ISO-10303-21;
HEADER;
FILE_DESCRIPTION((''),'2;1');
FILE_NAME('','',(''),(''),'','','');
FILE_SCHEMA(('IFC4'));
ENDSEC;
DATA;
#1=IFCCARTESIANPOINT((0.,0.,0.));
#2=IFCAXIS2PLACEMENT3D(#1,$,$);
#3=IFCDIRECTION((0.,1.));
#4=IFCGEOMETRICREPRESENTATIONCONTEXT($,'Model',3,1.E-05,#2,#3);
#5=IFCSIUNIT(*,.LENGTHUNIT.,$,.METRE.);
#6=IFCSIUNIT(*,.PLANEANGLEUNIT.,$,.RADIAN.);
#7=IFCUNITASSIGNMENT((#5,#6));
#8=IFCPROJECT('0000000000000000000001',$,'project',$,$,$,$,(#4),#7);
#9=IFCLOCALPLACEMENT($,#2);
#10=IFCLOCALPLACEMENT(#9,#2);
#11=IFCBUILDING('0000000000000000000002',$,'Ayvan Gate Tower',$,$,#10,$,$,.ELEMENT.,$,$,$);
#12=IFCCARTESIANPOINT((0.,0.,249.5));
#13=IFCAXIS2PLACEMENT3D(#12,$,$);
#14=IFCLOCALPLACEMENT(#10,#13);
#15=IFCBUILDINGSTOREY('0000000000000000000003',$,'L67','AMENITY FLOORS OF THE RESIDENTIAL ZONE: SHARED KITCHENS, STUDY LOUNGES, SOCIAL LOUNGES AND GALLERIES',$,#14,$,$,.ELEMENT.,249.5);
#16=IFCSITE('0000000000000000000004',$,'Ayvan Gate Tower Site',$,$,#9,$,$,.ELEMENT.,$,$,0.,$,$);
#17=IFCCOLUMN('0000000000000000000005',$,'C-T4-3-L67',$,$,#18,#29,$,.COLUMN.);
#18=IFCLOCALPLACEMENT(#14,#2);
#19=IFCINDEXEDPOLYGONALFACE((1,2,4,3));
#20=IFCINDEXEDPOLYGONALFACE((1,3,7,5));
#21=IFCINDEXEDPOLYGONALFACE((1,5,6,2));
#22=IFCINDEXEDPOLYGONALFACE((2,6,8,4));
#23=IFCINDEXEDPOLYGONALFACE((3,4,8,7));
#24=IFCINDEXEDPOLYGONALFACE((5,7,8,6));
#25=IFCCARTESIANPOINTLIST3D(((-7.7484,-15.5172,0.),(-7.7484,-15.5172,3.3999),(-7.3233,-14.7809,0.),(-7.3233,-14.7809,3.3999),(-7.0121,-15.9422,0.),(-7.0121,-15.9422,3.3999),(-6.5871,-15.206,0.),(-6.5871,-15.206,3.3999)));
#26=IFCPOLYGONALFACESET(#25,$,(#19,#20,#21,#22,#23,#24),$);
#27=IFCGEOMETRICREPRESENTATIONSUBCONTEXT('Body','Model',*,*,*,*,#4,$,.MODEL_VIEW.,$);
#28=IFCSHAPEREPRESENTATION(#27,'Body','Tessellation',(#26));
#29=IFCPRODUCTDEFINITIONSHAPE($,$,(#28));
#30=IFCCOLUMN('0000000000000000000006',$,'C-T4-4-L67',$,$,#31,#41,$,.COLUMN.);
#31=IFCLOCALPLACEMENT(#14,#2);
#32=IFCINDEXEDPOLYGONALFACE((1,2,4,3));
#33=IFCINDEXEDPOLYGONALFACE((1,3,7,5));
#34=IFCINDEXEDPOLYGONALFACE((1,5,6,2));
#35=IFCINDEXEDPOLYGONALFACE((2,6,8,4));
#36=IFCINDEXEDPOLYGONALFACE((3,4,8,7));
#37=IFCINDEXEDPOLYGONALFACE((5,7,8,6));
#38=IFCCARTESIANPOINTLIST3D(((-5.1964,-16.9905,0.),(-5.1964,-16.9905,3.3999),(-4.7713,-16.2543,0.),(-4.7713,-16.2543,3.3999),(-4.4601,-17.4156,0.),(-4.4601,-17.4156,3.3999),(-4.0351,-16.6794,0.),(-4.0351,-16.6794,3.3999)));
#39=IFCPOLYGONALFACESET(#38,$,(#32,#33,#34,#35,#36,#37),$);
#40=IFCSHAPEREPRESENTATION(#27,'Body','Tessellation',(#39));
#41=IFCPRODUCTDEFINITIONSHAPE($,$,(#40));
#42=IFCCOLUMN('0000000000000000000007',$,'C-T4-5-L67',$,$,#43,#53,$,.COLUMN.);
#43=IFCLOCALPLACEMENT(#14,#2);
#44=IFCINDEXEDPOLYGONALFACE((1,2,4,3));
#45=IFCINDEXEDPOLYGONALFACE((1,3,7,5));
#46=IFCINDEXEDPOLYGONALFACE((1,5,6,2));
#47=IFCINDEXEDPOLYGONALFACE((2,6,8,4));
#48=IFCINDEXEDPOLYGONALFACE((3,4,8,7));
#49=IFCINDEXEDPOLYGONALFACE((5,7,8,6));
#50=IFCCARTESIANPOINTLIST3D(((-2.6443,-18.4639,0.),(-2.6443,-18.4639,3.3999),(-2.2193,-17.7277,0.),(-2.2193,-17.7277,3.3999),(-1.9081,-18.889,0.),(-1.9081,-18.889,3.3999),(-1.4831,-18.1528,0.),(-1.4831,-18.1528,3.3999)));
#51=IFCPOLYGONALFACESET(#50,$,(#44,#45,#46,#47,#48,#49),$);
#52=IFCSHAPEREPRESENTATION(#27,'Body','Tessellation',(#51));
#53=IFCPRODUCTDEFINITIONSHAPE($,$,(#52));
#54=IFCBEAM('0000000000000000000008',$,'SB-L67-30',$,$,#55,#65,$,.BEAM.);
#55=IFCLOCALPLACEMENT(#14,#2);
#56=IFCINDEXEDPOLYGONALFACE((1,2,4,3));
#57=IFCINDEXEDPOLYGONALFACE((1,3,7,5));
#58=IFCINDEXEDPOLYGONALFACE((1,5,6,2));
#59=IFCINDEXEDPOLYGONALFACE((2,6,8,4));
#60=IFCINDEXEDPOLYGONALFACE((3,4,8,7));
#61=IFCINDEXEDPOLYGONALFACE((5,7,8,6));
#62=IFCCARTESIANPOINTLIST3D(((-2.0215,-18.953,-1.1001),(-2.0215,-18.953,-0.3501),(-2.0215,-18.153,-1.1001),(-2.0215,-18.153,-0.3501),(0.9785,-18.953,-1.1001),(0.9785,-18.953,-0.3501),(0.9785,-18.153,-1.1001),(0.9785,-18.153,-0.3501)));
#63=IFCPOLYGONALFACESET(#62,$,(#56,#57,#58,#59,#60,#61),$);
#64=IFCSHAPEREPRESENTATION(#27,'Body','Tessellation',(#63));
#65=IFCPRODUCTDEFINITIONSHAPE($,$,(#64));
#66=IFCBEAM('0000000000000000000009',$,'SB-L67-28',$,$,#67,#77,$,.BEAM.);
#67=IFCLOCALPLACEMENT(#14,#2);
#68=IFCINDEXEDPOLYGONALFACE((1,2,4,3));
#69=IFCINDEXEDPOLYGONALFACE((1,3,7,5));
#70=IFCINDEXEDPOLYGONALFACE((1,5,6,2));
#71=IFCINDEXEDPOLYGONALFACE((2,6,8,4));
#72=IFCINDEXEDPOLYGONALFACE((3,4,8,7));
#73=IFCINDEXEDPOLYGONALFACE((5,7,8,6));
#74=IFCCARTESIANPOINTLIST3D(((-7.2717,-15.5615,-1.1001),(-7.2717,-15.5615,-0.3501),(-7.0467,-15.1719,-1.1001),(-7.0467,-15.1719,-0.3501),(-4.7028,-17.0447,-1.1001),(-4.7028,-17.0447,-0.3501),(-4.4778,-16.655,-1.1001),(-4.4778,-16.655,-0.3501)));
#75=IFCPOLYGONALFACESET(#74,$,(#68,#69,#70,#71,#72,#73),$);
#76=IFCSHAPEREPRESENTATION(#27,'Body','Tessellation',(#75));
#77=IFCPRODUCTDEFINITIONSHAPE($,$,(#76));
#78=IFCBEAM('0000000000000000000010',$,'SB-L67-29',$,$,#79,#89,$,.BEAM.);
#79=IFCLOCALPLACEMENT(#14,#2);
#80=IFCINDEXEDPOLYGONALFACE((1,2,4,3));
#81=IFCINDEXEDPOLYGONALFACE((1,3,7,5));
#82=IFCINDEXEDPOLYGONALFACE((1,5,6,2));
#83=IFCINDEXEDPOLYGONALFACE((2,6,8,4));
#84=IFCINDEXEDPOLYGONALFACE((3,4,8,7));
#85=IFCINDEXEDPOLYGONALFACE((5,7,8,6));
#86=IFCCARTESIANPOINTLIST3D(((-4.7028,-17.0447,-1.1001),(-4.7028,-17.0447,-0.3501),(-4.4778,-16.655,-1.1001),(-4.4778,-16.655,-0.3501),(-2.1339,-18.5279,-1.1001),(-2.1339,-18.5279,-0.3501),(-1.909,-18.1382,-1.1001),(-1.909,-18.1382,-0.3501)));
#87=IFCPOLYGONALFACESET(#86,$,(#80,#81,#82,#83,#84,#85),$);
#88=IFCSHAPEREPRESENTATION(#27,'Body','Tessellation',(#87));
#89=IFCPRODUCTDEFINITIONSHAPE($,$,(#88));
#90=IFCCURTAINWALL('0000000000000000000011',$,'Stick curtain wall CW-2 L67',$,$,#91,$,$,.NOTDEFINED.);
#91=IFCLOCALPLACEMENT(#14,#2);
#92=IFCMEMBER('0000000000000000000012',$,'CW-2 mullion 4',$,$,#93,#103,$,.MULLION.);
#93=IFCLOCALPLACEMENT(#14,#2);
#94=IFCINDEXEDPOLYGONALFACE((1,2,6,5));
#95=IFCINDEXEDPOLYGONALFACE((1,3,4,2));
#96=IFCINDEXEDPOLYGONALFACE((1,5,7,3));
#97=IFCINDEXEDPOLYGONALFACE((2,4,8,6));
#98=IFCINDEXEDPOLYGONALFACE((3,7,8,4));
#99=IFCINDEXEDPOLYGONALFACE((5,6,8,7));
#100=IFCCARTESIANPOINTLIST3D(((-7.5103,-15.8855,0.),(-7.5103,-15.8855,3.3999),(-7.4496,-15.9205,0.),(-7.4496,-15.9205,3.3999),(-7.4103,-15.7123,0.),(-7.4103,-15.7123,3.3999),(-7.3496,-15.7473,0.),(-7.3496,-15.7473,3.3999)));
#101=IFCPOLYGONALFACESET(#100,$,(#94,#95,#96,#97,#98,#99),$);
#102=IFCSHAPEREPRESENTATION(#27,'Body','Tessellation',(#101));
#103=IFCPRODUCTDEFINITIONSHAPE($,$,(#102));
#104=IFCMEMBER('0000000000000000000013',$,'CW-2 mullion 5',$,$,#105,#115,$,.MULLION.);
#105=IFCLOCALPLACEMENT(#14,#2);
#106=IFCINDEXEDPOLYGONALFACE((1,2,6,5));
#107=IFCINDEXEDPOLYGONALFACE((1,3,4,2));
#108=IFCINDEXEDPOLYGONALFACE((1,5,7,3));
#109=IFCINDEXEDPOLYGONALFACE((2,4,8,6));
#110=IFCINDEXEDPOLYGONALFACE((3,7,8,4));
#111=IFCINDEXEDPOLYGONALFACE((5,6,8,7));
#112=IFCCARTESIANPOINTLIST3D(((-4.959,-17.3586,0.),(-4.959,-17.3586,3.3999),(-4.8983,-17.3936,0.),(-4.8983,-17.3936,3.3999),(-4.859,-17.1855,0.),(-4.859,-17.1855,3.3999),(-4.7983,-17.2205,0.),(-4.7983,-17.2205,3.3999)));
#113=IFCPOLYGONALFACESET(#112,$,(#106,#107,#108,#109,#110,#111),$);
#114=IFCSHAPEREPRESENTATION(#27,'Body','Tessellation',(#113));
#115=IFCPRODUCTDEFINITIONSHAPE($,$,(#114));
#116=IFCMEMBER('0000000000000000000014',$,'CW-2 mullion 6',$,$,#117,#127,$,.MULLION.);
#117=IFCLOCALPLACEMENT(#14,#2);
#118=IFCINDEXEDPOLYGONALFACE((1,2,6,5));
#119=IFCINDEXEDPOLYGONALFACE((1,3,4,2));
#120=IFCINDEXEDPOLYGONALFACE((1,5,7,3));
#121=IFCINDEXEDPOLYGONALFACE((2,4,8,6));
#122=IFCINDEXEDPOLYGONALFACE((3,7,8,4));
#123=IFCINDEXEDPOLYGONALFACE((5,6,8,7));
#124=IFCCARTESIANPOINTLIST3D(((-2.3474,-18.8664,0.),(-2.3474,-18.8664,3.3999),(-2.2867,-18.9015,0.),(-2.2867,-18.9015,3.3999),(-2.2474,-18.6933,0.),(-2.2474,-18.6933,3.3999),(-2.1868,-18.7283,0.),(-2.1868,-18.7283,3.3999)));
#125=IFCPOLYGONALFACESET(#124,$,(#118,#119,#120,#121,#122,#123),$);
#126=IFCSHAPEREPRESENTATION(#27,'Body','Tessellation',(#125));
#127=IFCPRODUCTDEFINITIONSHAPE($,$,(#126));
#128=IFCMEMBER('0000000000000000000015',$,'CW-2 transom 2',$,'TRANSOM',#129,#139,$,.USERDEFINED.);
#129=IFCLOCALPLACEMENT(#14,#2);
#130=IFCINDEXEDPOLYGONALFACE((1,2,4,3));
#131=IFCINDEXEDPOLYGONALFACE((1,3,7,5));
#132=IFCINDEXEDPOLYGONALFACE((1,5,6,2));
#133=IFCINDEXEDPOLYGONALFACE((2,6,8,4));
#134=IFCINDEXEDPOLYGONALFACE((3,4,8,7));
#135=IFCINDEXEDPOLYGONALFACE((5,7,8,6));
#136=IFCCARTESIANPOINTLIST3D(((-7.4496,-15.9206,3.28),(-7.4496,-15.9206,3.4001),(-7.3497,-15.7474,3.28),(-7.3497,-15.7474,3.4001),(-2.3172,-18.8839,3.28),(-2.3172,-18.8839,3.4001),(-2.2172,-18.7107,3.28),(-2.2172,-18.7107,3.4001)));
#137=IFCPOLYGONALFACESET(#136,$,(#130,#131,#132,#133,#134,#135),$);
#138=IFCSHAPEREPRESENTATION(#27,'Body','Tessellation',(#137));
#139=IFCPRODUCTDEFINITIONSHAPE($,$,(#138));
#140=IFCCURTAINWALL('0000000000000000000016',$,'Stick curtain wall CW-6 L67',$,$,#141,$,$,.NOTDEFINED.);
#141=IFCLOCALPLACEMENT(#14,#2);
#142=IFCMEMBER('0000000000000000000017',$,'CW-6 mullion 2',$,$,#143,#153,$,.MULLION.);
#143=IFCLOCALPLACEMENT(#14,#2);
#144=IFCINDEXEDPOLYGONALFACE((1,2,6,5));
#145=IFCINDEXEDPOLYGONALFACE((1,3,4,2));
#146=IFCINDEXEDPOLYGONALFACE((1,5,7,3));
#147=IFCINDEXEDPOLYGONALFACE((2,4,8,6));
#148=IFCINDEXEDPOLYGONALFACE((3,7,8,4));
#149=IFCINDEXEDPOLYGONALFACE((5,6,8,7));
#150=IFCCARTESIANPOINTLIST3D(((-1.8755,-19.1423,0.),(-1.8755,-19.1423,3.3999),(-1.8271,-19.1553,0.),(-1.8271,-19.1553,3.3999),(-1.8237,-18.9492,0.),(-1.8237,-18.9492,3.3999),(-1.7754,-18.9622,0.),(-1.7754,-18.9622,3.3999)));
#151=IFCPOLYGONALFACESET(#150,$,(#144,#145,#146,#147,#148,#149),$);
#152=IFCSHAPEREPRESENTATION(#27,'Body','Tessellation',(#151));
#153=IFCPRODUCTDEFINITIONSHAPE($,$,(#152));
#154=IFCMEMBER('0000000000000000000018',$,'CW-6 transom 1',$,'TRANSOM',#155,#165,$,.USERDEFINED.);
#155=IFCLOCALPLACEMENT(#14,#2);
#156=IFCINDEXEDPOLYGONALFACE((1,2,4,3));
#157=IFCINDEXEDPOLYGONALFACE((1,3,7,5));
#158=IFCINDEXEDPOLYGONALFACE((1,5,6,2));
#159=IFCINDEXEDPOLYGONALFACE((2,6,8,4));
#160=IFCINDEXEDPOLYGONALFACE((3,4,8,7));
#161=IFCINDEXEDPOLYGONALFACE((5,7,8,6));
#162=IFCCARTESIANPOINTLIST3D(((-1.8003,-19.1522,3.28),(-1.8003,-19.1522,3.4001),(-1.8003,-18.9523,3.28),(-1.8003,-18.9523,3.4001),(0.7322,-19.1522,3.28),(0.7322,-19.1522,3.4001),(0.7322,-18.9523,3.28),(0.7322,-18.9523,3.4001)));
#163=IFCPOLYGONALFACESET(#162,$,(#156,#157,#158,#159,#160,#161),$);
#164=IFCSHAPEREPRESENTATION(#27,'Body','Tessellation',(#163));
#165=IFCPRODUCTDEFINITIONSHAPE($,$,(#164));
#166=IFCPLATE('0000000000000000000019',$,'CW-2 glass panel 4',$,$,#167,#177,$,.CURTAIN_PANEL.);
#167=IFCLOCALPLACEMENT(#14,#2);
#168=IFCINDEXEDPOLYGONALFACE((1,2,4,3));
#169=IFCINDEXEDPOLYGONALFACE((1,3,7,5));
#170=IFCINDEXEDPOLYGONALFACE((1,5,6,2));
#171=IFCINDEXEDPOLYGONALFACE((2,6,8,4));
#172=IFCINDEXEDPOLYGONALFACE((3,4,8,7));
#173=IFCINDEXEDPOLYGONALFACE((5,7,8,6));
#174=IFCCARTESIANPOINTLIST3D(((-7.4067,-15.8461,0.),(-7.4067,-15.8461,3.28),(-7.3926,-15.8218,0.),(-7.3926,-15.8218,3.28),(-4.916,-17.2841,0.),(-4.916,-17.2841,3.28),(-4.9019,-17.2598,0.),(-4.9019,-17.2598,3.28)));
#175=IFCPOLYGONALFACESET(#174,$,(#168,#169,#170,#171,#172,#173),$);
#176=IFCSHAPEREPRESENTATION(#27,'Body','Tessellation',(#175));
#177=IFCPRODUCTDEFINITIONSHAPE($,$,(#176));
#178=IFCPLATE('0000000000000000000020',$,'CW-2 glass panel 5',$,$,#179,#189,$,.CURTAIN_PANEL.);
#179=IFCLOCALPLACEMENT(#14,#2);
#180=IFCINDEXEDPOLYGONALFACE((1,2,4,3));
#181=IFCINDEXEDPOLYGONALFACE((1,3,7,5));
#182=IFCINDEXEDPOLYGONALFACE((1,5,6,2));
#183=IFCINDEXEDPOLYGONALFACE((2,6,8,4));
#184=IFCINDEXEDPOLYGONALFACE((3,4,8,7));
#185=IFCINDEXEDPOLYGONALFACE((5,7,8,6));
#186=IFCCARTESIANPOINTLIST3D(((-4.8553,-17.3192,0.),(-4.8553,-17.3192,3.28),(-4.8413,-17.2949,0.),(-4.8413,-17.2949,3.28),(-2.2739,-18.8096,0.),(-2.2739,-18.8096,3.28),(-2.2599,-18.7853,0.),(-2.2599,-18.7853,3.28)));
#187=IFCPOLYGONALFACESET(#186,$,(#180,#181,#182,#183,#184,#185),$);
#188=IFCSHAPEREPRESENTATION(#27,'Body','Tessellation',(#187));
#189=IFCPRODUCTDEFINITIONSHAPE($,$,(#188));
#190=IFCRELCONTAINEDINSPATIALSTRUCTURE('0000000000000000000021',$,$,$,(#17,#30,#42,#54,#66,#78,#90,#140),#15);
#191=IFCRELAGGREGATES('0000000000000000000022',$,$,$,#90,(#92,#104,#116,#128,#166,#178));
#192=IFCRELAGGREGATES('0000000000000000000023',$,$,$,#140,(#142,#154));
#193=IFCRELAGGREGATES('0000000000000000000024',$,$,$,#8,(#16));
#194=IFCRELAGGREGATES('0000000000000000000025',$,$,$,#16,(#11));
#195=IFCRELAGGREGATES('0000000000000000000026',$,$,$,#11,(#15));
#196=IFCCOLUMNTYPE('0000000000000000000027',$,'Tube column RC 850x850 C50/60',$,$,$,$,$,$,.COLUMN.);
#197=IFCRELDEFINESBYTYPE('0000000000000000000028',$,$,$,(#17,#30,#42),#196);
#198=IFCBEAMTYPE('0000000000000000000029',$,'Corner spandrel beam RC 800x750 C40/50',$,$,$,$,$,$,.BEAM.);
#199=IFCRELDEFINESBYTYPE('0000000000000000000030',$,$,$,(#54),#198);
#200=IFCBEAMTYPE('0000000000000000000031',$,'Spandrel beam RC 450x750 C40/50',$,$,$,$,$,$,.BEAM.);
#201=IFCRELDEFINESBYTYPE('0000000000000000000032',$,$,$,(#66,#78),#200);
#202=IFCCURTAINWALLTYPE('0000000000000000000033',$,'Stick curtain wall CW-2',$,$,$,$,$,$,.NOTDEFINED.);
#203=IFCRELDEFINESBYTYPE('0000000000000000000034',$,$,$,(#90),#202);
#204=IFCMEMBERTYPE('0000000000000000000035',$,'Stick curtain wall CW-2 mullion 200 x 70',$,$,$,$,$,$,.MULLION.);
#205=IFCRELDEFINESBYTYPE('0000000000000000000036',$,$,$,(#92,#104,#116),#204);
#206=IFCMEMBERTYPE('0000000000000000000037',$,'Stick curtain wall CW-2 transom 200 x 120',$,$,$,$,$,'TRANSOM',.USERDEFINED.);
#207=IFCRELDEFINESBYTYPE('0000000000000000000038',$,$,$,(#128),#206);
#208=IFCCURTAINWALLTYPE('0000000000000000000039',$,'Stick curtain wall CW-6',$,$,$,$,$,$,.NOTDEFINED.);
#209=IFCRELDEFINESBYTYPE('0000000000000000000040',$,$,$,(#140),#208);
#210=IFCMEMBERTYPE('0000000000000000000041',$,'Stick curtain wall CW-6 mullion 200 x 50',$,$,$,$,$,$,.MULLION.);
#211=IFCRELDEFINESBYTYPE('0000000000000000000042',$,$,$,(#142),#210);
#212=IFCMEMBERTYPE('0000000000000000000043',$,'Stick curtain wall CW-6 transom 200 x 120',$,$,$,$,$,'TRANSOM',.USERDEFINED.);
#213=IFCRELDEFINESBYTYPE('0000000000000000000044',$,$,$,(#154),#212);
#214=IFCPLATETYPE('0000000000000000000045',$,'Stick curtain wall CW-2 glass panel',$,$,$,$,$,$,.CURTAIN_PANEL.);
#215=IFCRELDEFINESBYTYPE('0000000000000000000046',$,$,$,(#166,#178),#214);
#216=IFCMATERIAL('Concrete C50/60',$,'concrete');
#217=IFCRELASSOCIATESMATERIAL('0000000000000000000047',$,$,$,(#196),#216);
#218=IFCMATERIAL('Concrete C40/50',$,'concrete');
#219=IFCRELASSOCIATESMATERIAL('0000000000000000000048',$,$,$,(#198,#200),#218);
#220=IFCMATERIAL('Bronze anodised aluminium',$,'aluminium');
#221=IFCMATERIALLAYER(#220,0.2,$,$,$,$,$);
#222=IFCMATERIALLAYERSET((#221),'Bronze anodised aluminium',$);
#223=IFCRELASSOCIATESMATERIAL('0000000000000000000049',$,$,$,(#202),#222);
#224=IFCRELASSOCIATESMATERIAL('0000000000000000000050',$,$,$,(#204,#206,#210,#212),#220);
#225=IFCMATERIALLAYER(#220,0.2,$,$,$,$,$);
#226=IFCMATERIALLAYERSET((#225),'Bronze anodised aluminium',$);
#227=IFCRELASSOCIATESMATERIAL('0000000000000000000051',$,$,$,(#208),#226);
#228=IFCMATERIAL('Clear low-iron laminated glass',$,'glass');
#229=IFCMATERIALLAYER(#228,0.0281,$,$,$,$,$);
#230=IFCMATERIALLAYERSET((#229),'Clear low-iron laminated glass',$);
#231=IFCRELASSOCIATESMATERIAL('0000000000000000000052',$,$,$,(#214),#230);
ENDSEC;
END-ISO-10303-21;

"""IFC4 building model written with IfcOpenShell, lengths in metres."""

from ifc_helpers import new_model, si_unit, direction, frame, origin, origin_2d, place, context, subcontext, project, spatial, rectangle, extrude, material, layer, layer_set, material_profile, profile_set, type_object, element, aggregate, save


model = new_model("IFC4")

# Units and contexts
model_context = context("Model", 3, precision=1e-05, world=origin(), true_north=direction((0.0, 1.0)))
body_context = subcontext(model_context, "Body", "Model", "MODEL_VIEW")
ifc_project = project(units=[si_unit("LENGTHUNIT", "METRE"), si_unit("PLANEANGLEUNIT", "RADIAN")], contexts=[model_context])

# Site, building, storey
site_placement = place(None, origin())
site = spatial("IfcSite", under=ifc_project, at=site_placement, Name="Ayvan Gate Tower Site", CompositionType="ELEMENT", RefElevation=0.0)
building_placement = place(site_placement, origin())
building = spatial("IfcBuilding", under=site, at=building_placement, Name="Ayvan Gate Tower", CompositionType="ELEMENT")
storey_placement = place(building_placement, frame((0.0, 0.0, 249.5)))
storey = spatial("IfcBuildingStorey", under=building, at=storey_placement, Name="L67", Description="AMENITY FLOORS OF THE RESIDENTIAL ZONE: SHARED KITCHENS, STUDY LOUNGES, SOCIAL LOUNGES AND GALLERIES", CompositionType="ELEMENT", Elevation=249.5)

# Columns
ifc_material_1 = material(Name="Concrete C50/60", Category="concrete")
ifc_material_profile_1 = material_profile(ifc_material_1, rectangle(XDim=0.8501, YDim=0.8501, at=origin_2d()), Name="RC 850x850")
ifc_profile_set_1 = profile_set([ifc_material_profile_1], Name="Concrete C50/60")
column_type = type_object("IfcColumnType", Name="Tube column RC 850x850 C50/60", PredefinedType="COLUMN", material=ifc_profile_set_1)
for number, where, z_axis, x_axis, name in (
    (1, (-7.1677, -15.3616, 0.0), (0.0, 0.0, 1.0), (-0.5, -0.866025, 0.0), "C-T4-3-L67"),
    (2, (-4.6157, -16.835, 0.0), (0.0, 0.0, 1.0), (-0.5, -0.866025, 0.0), "C-T4-4-L67"),
    (3, (-2.0637, -18.3083, 0.0), (0.0, 0.0, 1.0), (-0.5, -0.866025, 0.0), "C-T4-5-L67"),
):
    element("IfcColumn", number, at=place(storey_placement, frame(where, z_axis=z_axis, x_axis=x_axis)), inside=storey, type_object=column_type, Name=name, PredefinedType="COLUMN", context=body_context, shape_type="SweptSolid", body=[
        extrude(rectangle(XDim=0.8501, YDim=0.8501, at=origin_2d()), origin(), (0.0, 0.0, 1.0), 3.3999),
    ])

# Beams
ifc_material_2 = material(Name="Concrete C40/50", Category="concrete")
ifc_material_profile_2 = material_profile(ifc_material_2, rectangle(XDim=0.8, YDim=0.75, at=origin_2d()), Name="RC 800x750")
ifc_profile_set_2 = profile_set([ifc_material_profile_2], Name="Concrete C40/50")
beam_type_1 = type_object("IfcBeamType", Name="Corner spandrel beam RC 800x750 C40/50", PredefinedType="BEAM", material=ifc_profile_set_2)
beam_placement = place(storey_placement, frame((-2.0215, -18.553, -0.7251), z_axis=(1.0, 0.0, 0.0), x_axis=(0.0, 1.0, 0.0)))
element("IfcBeam", 4, at=beam_placement, inside=storey, type_object=beam_type_1, Name="SB-L67-30", PredefinedType="BEAM", context=body_context, shape_type="SweptSolid", body=[
    extrude(rectangle(XDim=0.8, YDim=0.75, at=origin_2d()), origin(), (0.0, 0.0, 1.0), 3.0),
])
ifc_material_profile_3 = material_profile(ifc_material_2, rectangle(XDim=0.45, YDim=0.75, at=origin_2d()), Name="RC 450x750")
ifc_profile_set_3 = profile_set([ifc_material_profile_3], Name="Concrete C40/50")
beam_type_2 = type_object("IfcBeamType", Name="Spandrel beam RC 450x750 C40/50", PredefinedType="BEAM", material=ifc_profile_set_3)
for number, where, z_axis, x_axis, name in (
    (5, (-7.1592, -15.3667, -0.7251), (0.866021, -0.500007, 0.0), (0.500007, 0.866021, 0.0), "SB-L67-28"),
    (6, (-4.5903, -16.8499, -0.7251), (0.866021, -0.500007, 0.0), (0.500007, 0.866021, 0.0), "SB-L67-29"),
):
    element("IfcBeam", number, at=place(storey_placement, frame(where, z_axis=z_axis, x_axis=x_axis)), inside=storey, type_object=beam_type_2, Name=name, PredefinedType="BEAM", context=body_context, shape_type="SweptSolid", body=[
        extrude(rectangle(XDim=0.45, YDim=0.75, at=origin_2d()), origin(), (0.0, 0.0, 1.0), 2.9663),
    ])

# Curtain walls, members
ifc_material_3 = material(Name="Bronze anodised aluminium", Category="aluminium")
ifc_layer_1 = layer(ifc_material_3, 0.2)
ifc_layer_set_1 = layer_set([ifc_layer_1], Name="Bronze anodised aluminium")
curtain_wall_type_1 = type_object("IfcCurtainWallType", Name="Stick curtain wall CW-2", PredefinedType="NOTDEFINED", material=ifc_layer_set_1)
curtain_wall_1_placement = place(storey_placement, origin())
curtain_wall_1 = element("IfcCurtainWall", 7, at=curtain_wall_1_placement, inside=storey, type_object=curtain_wall_type_1, Name="Stick curtain wall CW-2 L67", PredefinedType="NOTDEFINED")
ifc_material_profile_4 = material_profile(ifc_material_3, rectangle(XDim=0.2, YDim=0.0701, at=origin_2d()), Name="Stick curtain wall CW-2 mullion 200 x 70")
ifc_profile_set_4 = profile_set([ifc_material_profile_4], Name="Bronze anodised aluminium")
member_type_1 = type_object("IfcMemberType", Name="Stick curtain wall CW-2 mullion 200 x 70", PredefinedType="MULLION", material=ifc_profile_set_4)
member_1_placement = place(storey_placement, frame((-7.4299, -15.8164, 0.0), z_axis=(0.0, 0.0, 1.0), x_axis=(-0.5, -0.866025, 0.0)))
member_1 = element("IfcMember", 8, at=member_1_placement, type_object=member_type_1, Name="CW-2 mullion 4", PredefinedType="MULLION", context=body_context, shape_type="SweptSolid", body=[
    extrude(rectangle(XDim=0.2, YDim=0.0701, at=origin_2d()), origin(), (0.0, 0.0, 1.0), 3.3999),
])
member_2_placement = place(storey_placement, frame((-4.8787, -17.2896, 0.0), z_axis=(0.0, 0.0, 1.0), x_axis=(-0.5, -0.866025, 0.0)))
member_2 = element("IfcMember", 9, at=member_2_placement, type_object=member_type_1, Name="CW-2 mullion 5", PredefinedType="MULLION", context=body_context, shape_type="SweptSolid", body=[
    extrude(rectangle(XDim=0.2, YDim=0.0701, at=origin_2d()), origin(), (0.0, 0.0, 1.0), 3.3999),
])
member_3_placement = place(storey_placement, frame((-2.2671, -18.7974, 0.0), z_axis=(0.0, 0.0, 1.0), x_axis=(-0.5, -0.866025, 0.0)))
member_3 = element("IfcMember", 10, at=member_3_placement, type_object=member_type_1, Name="CW-2 mullion 6", PredefinedType="MULLION", context=body_context, shape_type="SweptSolid", body=[
    extrude(rectangle(XDim=0.2, YDim=0.0701, at=origin_2d()), origin(), (0.0, 0.0, 1.0), 3.3999),
])
ifc_material_profile_5 = material_profile(ifc_material_3, rectangle(XDim=0.2, YDim=0.1201, at=origin_2d()), Name="Stick curtain wall CW-2 transom 200 x 120")
ifc_profile_set_5 = profile_set([ifc_material_profile_5], Name="Bronze anodised aluminium")
member_type_2 = type_object("IfcMemberType", Name="Stick curtain wall CW-2 transom 200 x 120", ElementType="TRANSOM", PredefinedType="USERDEFINED", material=ifc_profile_set_5)
member_4_placement = place(storey_placement, frame((-7.3997, -15.834, 3.3401), z_axis=(0.866019, -0.500011, 0.0), x_axis=(0.500011, 0.866019, 0.0)))
member_4 = element("IfcMember", 11, at=member_4_placement, type_object=member_type_2, Name="CW-2 transom 2", ObjectType="TRANSOM", PredefinedType="USERDEFINED", context=body_context, shape_type="SweptSolid", body=[
    extrude(rectangle(XDim=0.2, YDim=0.1201, at=origin_2d()), origin(), (0.0, 0.0, 1.0), 5.9265),
])
ifc_layer_2 = layer(ifc_material_3, 0.2)
ifc_layer_set_2 = layer_set([ifc_layer_2], Name="Bronze anodised aluminium")
curtain_wall_type_2 = type_object("IfcCurtainWallType", Name="Stick curtain wall CW-6", PredefinedType="NOTDEFINED", material=ifc_layer_set_2)
curtain_wall_2_placement = place(storey_placement, origin())
curtain_wall_2 = element("IfcCurtainWall", 12, at=curtain_wall_2_placement, inside=storey, type_object=curtain_wall_type_2, Name="Stick curtain wall CW-6 L67", PredefinedType="NOTDEFINED")
ifc_material_profile_6 = material_profile(ifc_material_3, rectangle(XDim=0.2, YDim=0.05, at=origin_2d()), Name="Stick curtain wall CW-6 mullion 200 x 50")
ifc_profile_set_6 = profile_set([ifc_material_profile_6], Name="Bronze anodised aluminium")
member_type_3 = type_object("IfcMemberType", Name="Stick curtain wall CW-6 mullion 200 x 50", PredefinedType="MULLION", material=ifc_profile_set_6)
member_5_placement = place(storey_placement, frame((-1.8254, -19.0522, 0.0), z_axis=(0.0, 0.0, 1.0), x_axis=(-0.258819, -0.965926, 0.0)))
member_5 = element("IfcMember", 13, at=member_5_placement, type_object=member_type_3, Name="CW-6 mullion 2", PredefinedType="MULLION", context=body_context, shape_type="SweptSolid", body=[
    extrude(rectangle(XDim=0.2, YDim=0.05, at=origin_2d()), origin(), (0.0, 0.0, 1.0), 3.3999),
])
ifc_material_profile_7 = material_profile(ifc_material_3, rectangle(XDim=0.2, YDim=0.1201, at=origin_2d()), Name="Stick curtain wall CW-6 transom 200 x 120")
ifc_profile_set_7 = profile_set([ifc_material_profile_7], Name="Bronze anodised aluminium")
member_type_4 = type_object("IfcMemberType", Name="Stick curtain wall CW-6 transom 200 x 120", ElementType="TRANSOM", PredefinedType="USERDEFINED", material=ifc_profile_set_7)
member_6_placement = place(storey_placement, frame((-1.8003, -19.0522, 3.3401), z_axis=(1.0, 0.0, 0.0), x_axis=(0.0, 1.0, 0.0)))
member_6 = element("IfcMember", 14, at=member_6_placement, type_object=member_type_4, Name="CW-6 transom 1", ObjectType="TRANSOM", PredefinedType="USERDEFINED", context=body_context, shape_type="SweptSolid", body=[
    extrude(rectangle(XDim=0.2, YDim=0.1201, at=origin_2d()), origin(), (0.0, 0.0, 1.0), 2.5325),
])

# Plates
ifc_material_4 = material(Name="Clear low-iron laminated glass", Category="glass")
ifc_layer_3 = layer(ifc_material_4, 0.0281)
ifc_layer_set_3 = layer_set([ifc_layer_3], Name="Clear low-iron laminated glass")
plate_type_1 = type_object("IfcPlateType", Name="Stick curtain wall CW-2 glass panel", PredefinedType="CURTAIN_PANEL", material=ifc_layer_set_3)
plate_1_placement = place(storey_placement, frame((-6.1543, -16.553, 0.0), z_axis=(0.0, 0.0, 1.0), x_axis=(0.866025, -0.5, 0.0)))
plate_1 = element("IfcPlate", 15, at=plate_1_placement, type_object=plate_type_1, Name="CW-2 glass panel 4", PredefinedType="CURTAIN_PANEL", context=body_context, shape_type="SweptSolid", body=[
    extrude(rectangle(XDim=2.876, YDim=0.0281, at=origin_2d()), origin(), (0.0, 0.0, 1.0), 3.28),
])
plate_2_placement = place(storey_placement, frame((-3.5576, -18.0522, 0.0), z_axis=(0.0, 0.0, 1.0), x_axis=(0.866025, -0.5, 0.0)))
plate_2 = element("IfcPlate", 16, at=plate_2_placement, type_object=plate_type_1, Name="CW-2 glass panel 5", PredefinedType="CURTAIN_PANEL", context=body_context, shape_type="SweptSolid", body=[
    extrude(rectangle(XDim=2.9807, YDim=0.0281, at=origin_2d()), origin(), (0.0, 0.0, 1.0), 3.28),
])
aggregate(curtain_wall_1, [member_1, member_2, member_3, member_4, plate_1, plate_2])
aggregate(curtain_wall_2, [member_5, member_6])

save(model, "model.ifc")
